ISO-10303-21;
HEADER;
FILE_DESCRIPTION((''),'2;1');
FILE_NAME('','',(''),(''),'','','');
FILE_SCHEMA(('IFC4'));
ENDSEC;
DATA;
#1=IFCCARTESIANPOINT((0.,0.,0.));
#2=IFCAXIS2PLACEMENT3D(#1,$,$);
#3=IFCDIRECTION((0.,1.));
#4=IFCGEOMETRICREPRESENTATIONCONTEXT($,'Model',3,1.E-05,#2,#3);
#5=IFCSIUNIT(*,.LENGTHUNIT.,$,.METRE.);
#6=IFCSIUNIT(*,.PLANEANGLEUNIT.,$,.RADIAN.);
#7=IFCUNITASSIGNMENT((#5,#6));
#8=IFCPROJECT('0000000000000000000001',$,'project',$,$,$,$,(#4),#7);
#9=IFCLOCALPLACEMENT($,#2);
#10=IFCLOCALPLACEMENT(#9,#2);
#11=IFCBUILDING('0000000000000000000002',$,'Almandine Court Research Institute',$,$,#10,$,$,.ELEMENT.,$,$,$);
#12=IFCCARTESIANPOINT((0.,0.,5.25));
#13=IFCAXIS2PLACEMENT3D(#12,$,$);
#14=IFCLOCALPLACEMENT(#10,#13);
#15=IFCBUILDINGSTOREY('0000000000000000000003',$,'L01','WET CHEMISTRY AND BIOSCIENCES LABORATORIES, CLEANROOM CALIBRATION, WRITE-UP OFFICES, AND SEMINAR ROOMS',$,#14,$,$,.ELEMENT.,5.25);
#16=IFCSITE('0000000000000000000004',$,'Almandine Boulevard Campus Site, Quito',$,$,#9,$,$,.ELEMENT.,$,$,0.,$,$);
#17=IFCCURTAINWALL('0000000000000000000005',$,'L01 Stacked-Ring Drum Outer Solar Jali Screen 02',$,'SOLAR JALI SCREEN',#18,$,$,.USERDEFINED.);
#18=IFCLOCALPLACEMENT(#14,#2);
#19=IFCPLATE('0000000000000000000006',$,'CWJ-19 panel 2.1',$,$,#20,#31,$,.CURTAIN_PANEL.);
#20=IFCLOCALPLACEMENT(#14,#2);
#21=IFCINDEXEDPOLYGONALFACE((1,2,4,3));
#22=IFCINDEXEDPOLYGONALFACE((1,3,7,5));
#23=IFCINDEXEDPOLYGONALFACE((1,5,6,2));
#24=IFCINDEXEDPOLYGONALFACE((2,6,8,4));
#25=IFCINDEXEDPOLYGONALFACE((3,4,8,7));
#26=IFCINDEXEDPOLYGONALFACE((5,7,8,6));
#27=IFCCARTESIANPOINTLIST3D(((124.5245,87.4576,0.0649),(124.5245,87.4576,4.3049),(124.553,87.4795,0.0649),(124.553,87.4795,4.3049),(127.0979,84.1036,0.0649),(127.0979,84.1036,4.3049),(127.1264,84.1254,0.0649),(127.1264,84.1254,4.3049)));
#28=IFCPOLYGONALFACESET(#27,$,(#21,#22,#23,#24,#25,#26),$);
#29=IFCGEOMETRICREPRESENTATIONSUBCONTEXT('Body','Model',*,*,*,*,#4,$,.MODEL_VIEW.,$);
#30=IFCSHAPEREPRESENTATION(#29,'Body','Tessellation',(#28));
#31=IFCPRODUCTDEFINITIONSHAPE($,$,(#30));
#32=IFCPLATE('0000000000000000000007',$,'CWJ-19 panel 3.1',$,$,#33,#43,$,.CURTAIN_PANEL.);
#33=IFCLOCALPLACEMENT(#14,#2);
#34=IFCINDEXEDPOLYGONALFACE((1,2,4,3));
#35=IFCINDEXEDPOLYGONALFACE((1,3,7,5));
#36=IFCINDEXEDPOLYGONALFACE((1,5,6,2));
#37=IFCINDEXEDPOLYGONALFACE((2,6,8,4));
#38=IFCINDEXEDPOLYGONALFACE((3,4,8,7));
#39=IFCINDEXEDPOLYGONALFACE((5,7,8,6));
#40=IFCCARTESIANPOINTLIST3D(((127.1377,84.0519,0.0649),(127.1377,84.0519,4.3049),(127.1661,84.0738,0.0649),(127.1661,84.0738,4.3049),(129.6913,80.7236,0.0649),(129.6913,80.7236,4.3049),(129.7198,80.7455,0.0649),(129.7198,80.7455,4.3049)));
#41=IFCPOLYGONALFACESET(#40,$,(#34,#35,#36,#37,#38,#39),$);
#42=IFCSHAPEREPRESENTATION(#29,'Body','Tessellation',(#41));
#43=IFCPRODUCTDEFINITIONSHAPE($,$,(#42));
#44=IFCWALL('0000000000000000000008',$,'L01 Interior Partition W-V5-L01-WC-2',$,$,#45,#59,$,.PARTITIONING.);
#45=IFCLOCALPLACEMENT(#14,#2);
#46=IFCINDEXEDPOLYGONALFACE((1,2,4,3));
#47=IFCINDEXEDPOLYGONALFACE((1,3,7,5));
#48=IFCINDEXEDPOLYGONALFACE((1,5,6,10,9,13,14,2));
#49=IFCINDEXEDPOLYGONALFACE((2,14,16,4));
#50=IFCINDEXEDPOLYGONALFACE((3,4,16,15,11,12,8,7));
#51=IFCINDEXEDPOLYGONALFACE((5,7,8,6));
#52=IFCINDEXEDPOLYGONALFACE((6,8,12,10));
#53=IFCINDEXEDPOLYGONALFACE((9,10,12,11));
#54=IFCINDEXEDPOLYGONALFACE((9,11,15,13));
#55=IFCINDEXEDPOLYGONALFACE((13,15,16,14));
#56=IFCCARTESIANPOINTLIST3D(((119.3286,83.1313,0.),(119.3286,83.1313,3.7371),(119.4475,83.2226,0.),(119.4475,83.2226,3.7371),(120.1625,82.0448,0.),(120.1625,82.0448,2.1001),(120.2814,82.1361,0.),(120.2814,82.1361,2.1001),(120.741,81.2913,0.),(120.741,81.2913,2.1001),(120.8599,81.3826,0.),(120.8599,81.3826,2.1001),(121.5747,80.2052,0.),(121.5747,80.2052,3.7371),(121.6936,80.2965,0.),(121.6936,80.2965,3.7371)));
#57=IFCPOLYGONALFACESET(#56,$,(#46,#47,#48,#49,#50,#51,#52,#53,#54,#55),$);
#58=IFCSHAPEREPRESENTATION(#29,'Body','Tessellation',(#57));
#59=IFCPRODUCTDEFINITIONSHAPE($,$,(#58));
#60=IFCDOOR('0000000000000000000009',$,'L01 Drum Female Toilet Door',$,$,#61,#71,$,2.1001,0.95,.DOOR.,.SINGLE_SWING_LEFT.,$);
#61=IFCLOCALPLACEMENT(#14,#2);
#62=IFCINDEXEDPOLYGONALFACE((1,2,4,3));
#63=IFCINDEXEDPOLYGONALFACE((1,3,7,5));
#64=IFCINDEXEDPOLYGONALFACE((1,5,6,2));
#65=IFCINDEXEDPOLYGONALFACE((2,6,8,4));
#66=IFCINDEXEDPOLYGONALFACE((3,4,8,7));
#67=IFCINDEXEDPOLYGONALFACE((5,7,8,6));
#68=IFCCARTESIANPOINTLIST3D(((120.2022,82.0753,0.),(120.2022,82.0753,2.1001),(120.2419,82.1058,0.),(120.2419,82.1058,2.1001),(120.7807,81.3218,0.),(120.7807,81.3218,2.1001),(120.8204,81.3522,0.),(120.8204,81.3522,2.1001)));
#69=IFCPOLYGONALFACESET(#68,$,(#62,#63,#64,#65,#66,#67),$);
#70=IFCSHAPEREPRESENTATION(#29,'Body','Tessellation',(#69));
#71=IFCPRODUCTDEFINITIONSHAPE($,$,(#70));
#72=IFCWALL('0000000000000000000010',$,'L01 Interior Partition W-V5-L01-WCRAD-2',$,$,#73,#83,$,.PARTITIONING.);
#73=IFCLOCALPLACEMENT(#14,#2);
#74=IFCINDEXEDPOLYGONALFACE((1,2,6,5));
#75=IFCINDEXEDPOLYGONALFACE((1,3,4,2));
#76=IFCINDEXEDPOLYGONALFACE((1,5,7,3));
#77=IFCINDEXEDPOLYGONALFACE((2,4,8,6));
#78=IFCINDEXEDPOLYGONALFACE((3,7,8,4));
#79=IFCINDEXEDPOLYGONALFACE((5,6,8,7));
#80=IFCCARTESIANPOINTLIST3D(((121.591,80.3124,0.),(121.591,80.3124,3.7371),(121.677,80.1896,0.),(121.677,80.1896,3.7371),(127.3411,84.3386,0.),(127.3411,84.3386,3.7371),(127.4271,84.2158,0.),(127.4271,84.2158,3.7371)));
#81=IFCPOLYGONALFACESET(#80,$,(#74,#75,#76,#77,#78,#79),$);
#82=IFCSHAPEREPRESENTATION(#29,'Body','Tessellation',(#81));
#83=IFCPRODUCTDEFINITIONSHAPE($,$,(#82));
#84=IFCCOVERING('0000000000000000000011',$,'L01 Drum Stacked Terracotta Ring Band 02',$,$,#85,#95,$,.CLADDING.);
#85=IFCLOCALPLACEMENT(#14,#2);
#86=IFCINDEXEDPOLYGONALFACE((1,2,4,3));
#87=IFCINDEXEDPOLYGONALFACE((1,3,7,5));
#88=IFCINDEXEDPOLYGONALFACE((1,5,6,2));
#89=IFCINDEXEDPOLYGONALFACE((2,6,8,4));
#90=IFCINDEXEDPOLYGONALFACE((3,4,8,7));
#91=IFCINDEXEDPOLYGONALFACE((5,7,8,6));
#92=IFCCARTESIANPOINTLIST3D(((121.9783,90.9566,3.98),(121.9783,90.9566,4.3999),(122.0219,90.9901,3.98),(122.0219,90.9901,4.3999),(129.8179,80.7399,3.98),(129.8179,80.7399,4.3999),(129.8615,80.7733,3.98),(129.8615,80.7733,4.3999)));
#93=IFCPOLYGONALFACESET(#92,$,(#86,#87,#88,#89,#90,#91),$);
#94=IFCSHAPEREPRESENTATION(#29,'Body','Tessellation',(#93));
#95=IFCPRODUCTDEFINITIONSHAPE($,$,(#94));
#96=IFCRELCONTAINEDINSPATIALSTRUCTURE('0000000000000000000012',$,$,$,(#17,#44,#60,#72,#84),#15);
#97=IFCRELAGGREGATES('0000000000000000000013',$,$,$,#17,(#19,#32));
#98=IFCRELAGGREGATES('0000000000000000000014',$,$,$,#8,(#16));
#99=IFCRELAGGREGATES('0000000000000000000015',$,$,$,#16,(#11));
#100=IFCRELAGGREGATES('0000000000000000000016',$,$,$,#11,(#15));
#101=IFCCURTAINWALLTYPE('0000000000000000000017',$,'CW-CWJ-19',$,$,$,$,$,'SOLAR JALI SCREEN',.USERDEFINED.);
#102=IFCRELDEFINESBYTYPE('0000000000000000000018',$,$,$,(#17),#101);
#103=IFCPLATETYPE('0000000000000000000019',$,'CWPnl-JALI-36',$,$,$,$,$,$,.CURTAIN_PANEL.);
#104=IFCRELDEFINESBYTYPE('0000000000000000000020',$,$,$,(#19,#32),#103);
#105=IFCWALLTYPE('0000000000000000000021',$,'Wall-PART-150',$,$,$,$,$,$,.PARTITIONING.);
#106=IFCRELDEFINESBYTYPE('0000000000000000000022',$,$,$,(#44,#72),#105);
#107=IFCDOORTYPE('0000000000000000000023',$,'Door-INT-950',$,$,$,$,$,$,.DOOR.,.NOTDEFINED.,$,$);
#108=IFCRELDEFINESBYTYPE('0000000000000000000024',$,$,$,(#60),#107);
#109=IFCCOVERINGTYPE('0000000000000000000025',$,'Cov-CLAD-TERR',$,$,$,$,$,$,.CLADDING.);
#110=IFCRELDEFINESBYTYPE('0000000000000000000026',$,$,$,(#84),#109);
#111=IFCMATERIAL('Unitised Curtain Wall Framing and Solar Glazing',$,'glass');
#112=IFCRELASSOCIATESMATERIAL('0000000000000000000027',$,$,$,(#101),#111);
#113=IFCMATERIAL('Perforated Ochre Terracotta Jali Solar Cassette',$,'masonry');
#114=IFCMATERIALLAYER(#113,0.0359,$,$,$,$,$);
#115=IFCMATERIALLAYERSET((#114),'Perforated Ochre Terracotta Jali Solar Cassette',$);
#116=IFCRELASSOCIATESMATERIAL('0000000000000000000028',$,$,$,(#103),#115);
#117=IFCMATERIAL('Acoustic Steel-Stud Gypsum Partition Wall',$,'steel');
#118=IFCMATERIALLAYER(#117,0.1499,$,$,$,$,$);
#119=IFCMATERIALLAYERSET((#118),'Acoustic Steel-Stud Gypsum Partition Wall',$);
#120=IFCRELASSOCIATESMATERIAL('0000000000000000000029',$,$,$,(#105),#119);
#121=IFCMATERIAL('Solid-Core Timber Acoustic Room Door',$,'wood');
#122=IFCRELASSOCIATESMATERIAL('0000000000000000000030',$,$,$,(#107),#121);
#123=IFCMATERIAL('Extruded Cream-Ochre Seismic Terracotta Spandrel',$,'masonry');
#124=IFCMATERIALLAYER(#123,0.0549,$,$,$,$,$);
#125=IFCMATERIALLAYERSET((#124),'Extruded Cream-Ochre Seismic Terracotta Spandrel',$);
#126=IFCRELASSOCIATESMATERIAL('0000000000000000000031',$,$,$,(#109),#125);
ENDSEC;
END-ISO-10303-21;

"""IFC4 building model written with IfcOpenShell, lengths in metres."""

from ifc_helpers import new_model, si_unit, direction, frame, frame_2d, origin, origin_2d, place, context, subcontext, project, spatial, rectangle, extrude, material, layer, layer_set, type_object, element, fill, aggregate, save


model = new_model("IFC4")

# Units and contexts
model_context = context("Model", 3, precision=1e-05, world=origin(), true_north=direction((0.0, 1.0)))
body_context = subcontext(model_context, "Body", "Model", "MODEL_VIEW")
ifc_project = project(units=[si_unit("LENGTHUNIT", "METRE"), si_unit("PLANEANGLEUNIT", "RADIAN")], contexts=[model_context])

# Site, building, storey
site_placement = place(None, origin())
site = spatial("IfcSite", under=ifc_project, at=site_placement, Name="Almandine Boulevard Campus Site, Quito", CompositionType="ELEMENT", RefElevation=0.0)
building_placement = place(site_placement, origin())
building = spatial("IfcBuilding", under=site, at=building_placement, Name="Almandine Court Research Institute", CompositionType="ELEMENT")
storey_placement = place(building_placement, frame((0.0, 0.0, 5.25)))
storey = spatial("IfcBuildingStorey", under=building, at=storey_placement, Name="L01", Description="WET CHEMISTRY AND BIOSCIENCES LABORATORIES, CLEANROOM CALIBRATION, WRITE-UP OFFICES, AND SEMINAR ROOMS", CompositionType="ELEMENT", Elevation=5.25)

# Shared definitions
ifc_material_1 = material(Name="Unitised Curtain Wall Framing and Solar Glazing", Category="glass")
curtain_wall_type = type_object("IfcCurtainWallType", Name="CW-CWJ-19", ElementType="SOLAR JALI SCREEN", PredefinedType="USERDEFINED", material=ifc_material_1)

# Curtain wall
curtain_wall_1_placement = place(storey_placement, origin())
curtain_wall_1 = element("IfcCurtainWall", 1, at=curtain_wall_1_placement, inside=storey, type_object=curtain_wall_type, Name="L01 Stacked-Ring Drum Outer Solar Jali Screen 02", ObjectType="SOLAR JALI SCREEN", PredefinedType="USERDEFINED")

# Plates
ifc_material_2 = material(Name="Perforated Ochre Terracotta Jali Solar Cassette", Category="masonry")
ifc_layer_1 = layer(ifc_material_2, 0.0359)
ifc_layer_set_1 = layer_set([ifc_layer_1], Name="Perforated Ochre Terracotta Jali Solar Cassette")
plate_type = type_object("IfcPlateType", Name="CWPnl-JALI-36", PredefinedType="CURTAIN_PANEL", material=ifc_layer_set_1)
plate_1_placement = place(storey_placement, frame((125.8254, 85.7915, 0.0649), z_axis=(0.0, 0.0, 1.0), x_axis=(0.608723, -0.793383, 0.0)))
plate_1 = element("IfcPlate", 2, at=plate_1_placement, type_object=plate_type, Name="CWJ-19 panel 2.1", PredefinedType="CURTAIN_PANEL", context=body_context, shape_type="SweptSolid", body=[
    extrude(rectangle(XDim=4.2275, YDim=0.0359, at=origin_2d()), origin(), (0.0, 0.0, 1.0), 4.24),
])
plate_2_placement = place(storey_placement, frame((128.4287, 82.3987, 0.0649), z_axis=(0.0, 0.0, 1.0), x_axis=(0.608723, -0.793383, 0.0)))
plate_2 = element("IfcPlate", 3, at=plate_2_placement, type_object=plate_type, Name="CWJ-19 panel 3.1", PredefinedType="CURTAIN_PANEL", context=body_context, shape_type="SweptSolid", body=[
    extrude(rectangle(XDim=4.1951, YDim=0.0359, at=origin_2d()), origin(), (0.0, 0.0, 1.0), 4.24),
])
aggregate(curtain_wall_1, [plate_1, plate_2])

# Wall, opening, door
ifc_material_3 = material(Name="Acoustic Steel-Stud Gypsum Partition Wall", Category="steel")
ifc_layer_2 = layer(ifc_material_3, 0.1499)
ifc_layer_set_2 = layer_set([ifc_layer_2], Name="Acoustic Steel-Stud Gypsum Partition Wall")
wall_type = type_object("IfcWallType", Name="Wall-PART-150", PredefinedType="PARTITIONING", material=ifc_layer_set_2)
wall_1_placement = place(storey_placement, frame((121.634, 80.251, 0.0), z_axis=(0.0, 0.0, 1.0), x_axis=(-0.608911, 0.793239, 0.0)))
wall_1 = element("IfcWall", 4, at=wall_1_placement, inside=storey, type_object=wall_type, Name="L01 Interior Partition W-V5-L01-WC-2", PredefinedType="PARTITIONING", context=body_context, shape_type="SweptSolid", body=[
    extrude(rectangle(XDim=3.6887, YDim=0.1499, at=frame_2d((1.8442, 0.0))), origin(), (0.0, 0.0, 1.0), 3.7371),
])
opening_placement = place(wall_1_placement, frame((1.3689, 0.0, 0.0)))
opening = element("IfcOpeningElement", 5, at=opening_placement, cuts=wall_1, PredefinedType="OPENING", context=body_context, shape_type="SweptSolid", body=[
    extrude(rectangle(XDim=0.95, YDim=2.1001, at=frame_2d((0.4751, 1.05))), frame((0.0, 0.085, 0.0), z_axis=(0.0, -1.0, 0.0), x_axis=(1.0, 0.0, 0.0)), (0.0, 0.0, 1.0), 0.1699),
])
ifc_material_4 = material(Name="Solid-Core Timber Acoustic Room Door", Category="wood")
door_type = type_object("IfcDoorType", Name="Door-INT-950", OperationType="NOTDEFINED", PredefinedType="DOOR", material=ifc_material_4)
door_placement = place(opening_placement, origin())
door = element("IfcDoor", 6, at=door_placement, inside=storey, type_object=door_type, Name="L01 Drum Female Toilet Door", OperationType="SINGLE_SWING_LEFT", OverallHeight=2.1001, OverallWidth=0.95, PredefinedType="DOOR", context=body_context, shape_type="SweptSolid", body=[
    extrude(rectangle(XDim=0.95, YDim=2.1001, at=frame_2d((0.4751, 1.05))), frame((0.0, 0.0249, 0.0), z_axis=(0.0, -1.0, 0.0), x_axis=(1.0, 0.0, 0.0)), (0.0, 0.0, 1.0), 0.05),
])
fill(opening, door)

# Wall
wall_2_placement = place(storey_placement, frame((121.634, 80.251, 0.0), z_axis=(0.0, 0.0, 1.0), x_axis=(0.819157, 0.57357, 0.0)))
element("IfcWall", 7, at=wall_2_placement, inside=storey, type_object=wall_type, Name="L01 Interior Partition W-V5-L01-WCRAD-2", PredefinedType="PARTITIONING", context=body_context, shape_type="SweptSolid", body=[
    extrude(rectangle(XDim=7.0195, YDim=0.1499, at=frame_2d((3.5098, 0.0))), origin(), (0.0, 0.0, 1.0), 3.7371),
])

# Covering
ifc_material_5 = material(Name="Extruded Cream-Ochre Seismic Terracotta Spandrel", Category="masonry")
ifc_layer_3 = layer(ifc_material_5, 0.0549)
ifc_layer_set_3 = layer_set([ifc_layer_3], Name="Extruded Cream-Ochre Seismic Terracotta Spandrel")
covering_type = type_object("IfcCoveringType", Name="Cov-CLAD-TERR", PredefinedType="CLADDING", material=ifc_layer_set_3)
covering_placement = place(storey_placement, frame((125.9199, 85.865, 3.98), z_axis=(0.0, 0.0, 1.0), x_axis=(0.608761, -0.793353, 0.0)))
element("IfcCovering", 8, at=covering_placement, inside=storey, type_object=covering_type, Name="L01 Drum Stacked Terracotta Ring Band 02", PredefinedType="CLADDING", context=body_context, shape_type="SweptSolid", body=[
    extrude(rectangle(XDim=12.8779, YDim=0.0549, at=origin_2d()), origin(), (0.0, 0.0, 1.0), 0.4199),
])

save(model, "model.ifc")
